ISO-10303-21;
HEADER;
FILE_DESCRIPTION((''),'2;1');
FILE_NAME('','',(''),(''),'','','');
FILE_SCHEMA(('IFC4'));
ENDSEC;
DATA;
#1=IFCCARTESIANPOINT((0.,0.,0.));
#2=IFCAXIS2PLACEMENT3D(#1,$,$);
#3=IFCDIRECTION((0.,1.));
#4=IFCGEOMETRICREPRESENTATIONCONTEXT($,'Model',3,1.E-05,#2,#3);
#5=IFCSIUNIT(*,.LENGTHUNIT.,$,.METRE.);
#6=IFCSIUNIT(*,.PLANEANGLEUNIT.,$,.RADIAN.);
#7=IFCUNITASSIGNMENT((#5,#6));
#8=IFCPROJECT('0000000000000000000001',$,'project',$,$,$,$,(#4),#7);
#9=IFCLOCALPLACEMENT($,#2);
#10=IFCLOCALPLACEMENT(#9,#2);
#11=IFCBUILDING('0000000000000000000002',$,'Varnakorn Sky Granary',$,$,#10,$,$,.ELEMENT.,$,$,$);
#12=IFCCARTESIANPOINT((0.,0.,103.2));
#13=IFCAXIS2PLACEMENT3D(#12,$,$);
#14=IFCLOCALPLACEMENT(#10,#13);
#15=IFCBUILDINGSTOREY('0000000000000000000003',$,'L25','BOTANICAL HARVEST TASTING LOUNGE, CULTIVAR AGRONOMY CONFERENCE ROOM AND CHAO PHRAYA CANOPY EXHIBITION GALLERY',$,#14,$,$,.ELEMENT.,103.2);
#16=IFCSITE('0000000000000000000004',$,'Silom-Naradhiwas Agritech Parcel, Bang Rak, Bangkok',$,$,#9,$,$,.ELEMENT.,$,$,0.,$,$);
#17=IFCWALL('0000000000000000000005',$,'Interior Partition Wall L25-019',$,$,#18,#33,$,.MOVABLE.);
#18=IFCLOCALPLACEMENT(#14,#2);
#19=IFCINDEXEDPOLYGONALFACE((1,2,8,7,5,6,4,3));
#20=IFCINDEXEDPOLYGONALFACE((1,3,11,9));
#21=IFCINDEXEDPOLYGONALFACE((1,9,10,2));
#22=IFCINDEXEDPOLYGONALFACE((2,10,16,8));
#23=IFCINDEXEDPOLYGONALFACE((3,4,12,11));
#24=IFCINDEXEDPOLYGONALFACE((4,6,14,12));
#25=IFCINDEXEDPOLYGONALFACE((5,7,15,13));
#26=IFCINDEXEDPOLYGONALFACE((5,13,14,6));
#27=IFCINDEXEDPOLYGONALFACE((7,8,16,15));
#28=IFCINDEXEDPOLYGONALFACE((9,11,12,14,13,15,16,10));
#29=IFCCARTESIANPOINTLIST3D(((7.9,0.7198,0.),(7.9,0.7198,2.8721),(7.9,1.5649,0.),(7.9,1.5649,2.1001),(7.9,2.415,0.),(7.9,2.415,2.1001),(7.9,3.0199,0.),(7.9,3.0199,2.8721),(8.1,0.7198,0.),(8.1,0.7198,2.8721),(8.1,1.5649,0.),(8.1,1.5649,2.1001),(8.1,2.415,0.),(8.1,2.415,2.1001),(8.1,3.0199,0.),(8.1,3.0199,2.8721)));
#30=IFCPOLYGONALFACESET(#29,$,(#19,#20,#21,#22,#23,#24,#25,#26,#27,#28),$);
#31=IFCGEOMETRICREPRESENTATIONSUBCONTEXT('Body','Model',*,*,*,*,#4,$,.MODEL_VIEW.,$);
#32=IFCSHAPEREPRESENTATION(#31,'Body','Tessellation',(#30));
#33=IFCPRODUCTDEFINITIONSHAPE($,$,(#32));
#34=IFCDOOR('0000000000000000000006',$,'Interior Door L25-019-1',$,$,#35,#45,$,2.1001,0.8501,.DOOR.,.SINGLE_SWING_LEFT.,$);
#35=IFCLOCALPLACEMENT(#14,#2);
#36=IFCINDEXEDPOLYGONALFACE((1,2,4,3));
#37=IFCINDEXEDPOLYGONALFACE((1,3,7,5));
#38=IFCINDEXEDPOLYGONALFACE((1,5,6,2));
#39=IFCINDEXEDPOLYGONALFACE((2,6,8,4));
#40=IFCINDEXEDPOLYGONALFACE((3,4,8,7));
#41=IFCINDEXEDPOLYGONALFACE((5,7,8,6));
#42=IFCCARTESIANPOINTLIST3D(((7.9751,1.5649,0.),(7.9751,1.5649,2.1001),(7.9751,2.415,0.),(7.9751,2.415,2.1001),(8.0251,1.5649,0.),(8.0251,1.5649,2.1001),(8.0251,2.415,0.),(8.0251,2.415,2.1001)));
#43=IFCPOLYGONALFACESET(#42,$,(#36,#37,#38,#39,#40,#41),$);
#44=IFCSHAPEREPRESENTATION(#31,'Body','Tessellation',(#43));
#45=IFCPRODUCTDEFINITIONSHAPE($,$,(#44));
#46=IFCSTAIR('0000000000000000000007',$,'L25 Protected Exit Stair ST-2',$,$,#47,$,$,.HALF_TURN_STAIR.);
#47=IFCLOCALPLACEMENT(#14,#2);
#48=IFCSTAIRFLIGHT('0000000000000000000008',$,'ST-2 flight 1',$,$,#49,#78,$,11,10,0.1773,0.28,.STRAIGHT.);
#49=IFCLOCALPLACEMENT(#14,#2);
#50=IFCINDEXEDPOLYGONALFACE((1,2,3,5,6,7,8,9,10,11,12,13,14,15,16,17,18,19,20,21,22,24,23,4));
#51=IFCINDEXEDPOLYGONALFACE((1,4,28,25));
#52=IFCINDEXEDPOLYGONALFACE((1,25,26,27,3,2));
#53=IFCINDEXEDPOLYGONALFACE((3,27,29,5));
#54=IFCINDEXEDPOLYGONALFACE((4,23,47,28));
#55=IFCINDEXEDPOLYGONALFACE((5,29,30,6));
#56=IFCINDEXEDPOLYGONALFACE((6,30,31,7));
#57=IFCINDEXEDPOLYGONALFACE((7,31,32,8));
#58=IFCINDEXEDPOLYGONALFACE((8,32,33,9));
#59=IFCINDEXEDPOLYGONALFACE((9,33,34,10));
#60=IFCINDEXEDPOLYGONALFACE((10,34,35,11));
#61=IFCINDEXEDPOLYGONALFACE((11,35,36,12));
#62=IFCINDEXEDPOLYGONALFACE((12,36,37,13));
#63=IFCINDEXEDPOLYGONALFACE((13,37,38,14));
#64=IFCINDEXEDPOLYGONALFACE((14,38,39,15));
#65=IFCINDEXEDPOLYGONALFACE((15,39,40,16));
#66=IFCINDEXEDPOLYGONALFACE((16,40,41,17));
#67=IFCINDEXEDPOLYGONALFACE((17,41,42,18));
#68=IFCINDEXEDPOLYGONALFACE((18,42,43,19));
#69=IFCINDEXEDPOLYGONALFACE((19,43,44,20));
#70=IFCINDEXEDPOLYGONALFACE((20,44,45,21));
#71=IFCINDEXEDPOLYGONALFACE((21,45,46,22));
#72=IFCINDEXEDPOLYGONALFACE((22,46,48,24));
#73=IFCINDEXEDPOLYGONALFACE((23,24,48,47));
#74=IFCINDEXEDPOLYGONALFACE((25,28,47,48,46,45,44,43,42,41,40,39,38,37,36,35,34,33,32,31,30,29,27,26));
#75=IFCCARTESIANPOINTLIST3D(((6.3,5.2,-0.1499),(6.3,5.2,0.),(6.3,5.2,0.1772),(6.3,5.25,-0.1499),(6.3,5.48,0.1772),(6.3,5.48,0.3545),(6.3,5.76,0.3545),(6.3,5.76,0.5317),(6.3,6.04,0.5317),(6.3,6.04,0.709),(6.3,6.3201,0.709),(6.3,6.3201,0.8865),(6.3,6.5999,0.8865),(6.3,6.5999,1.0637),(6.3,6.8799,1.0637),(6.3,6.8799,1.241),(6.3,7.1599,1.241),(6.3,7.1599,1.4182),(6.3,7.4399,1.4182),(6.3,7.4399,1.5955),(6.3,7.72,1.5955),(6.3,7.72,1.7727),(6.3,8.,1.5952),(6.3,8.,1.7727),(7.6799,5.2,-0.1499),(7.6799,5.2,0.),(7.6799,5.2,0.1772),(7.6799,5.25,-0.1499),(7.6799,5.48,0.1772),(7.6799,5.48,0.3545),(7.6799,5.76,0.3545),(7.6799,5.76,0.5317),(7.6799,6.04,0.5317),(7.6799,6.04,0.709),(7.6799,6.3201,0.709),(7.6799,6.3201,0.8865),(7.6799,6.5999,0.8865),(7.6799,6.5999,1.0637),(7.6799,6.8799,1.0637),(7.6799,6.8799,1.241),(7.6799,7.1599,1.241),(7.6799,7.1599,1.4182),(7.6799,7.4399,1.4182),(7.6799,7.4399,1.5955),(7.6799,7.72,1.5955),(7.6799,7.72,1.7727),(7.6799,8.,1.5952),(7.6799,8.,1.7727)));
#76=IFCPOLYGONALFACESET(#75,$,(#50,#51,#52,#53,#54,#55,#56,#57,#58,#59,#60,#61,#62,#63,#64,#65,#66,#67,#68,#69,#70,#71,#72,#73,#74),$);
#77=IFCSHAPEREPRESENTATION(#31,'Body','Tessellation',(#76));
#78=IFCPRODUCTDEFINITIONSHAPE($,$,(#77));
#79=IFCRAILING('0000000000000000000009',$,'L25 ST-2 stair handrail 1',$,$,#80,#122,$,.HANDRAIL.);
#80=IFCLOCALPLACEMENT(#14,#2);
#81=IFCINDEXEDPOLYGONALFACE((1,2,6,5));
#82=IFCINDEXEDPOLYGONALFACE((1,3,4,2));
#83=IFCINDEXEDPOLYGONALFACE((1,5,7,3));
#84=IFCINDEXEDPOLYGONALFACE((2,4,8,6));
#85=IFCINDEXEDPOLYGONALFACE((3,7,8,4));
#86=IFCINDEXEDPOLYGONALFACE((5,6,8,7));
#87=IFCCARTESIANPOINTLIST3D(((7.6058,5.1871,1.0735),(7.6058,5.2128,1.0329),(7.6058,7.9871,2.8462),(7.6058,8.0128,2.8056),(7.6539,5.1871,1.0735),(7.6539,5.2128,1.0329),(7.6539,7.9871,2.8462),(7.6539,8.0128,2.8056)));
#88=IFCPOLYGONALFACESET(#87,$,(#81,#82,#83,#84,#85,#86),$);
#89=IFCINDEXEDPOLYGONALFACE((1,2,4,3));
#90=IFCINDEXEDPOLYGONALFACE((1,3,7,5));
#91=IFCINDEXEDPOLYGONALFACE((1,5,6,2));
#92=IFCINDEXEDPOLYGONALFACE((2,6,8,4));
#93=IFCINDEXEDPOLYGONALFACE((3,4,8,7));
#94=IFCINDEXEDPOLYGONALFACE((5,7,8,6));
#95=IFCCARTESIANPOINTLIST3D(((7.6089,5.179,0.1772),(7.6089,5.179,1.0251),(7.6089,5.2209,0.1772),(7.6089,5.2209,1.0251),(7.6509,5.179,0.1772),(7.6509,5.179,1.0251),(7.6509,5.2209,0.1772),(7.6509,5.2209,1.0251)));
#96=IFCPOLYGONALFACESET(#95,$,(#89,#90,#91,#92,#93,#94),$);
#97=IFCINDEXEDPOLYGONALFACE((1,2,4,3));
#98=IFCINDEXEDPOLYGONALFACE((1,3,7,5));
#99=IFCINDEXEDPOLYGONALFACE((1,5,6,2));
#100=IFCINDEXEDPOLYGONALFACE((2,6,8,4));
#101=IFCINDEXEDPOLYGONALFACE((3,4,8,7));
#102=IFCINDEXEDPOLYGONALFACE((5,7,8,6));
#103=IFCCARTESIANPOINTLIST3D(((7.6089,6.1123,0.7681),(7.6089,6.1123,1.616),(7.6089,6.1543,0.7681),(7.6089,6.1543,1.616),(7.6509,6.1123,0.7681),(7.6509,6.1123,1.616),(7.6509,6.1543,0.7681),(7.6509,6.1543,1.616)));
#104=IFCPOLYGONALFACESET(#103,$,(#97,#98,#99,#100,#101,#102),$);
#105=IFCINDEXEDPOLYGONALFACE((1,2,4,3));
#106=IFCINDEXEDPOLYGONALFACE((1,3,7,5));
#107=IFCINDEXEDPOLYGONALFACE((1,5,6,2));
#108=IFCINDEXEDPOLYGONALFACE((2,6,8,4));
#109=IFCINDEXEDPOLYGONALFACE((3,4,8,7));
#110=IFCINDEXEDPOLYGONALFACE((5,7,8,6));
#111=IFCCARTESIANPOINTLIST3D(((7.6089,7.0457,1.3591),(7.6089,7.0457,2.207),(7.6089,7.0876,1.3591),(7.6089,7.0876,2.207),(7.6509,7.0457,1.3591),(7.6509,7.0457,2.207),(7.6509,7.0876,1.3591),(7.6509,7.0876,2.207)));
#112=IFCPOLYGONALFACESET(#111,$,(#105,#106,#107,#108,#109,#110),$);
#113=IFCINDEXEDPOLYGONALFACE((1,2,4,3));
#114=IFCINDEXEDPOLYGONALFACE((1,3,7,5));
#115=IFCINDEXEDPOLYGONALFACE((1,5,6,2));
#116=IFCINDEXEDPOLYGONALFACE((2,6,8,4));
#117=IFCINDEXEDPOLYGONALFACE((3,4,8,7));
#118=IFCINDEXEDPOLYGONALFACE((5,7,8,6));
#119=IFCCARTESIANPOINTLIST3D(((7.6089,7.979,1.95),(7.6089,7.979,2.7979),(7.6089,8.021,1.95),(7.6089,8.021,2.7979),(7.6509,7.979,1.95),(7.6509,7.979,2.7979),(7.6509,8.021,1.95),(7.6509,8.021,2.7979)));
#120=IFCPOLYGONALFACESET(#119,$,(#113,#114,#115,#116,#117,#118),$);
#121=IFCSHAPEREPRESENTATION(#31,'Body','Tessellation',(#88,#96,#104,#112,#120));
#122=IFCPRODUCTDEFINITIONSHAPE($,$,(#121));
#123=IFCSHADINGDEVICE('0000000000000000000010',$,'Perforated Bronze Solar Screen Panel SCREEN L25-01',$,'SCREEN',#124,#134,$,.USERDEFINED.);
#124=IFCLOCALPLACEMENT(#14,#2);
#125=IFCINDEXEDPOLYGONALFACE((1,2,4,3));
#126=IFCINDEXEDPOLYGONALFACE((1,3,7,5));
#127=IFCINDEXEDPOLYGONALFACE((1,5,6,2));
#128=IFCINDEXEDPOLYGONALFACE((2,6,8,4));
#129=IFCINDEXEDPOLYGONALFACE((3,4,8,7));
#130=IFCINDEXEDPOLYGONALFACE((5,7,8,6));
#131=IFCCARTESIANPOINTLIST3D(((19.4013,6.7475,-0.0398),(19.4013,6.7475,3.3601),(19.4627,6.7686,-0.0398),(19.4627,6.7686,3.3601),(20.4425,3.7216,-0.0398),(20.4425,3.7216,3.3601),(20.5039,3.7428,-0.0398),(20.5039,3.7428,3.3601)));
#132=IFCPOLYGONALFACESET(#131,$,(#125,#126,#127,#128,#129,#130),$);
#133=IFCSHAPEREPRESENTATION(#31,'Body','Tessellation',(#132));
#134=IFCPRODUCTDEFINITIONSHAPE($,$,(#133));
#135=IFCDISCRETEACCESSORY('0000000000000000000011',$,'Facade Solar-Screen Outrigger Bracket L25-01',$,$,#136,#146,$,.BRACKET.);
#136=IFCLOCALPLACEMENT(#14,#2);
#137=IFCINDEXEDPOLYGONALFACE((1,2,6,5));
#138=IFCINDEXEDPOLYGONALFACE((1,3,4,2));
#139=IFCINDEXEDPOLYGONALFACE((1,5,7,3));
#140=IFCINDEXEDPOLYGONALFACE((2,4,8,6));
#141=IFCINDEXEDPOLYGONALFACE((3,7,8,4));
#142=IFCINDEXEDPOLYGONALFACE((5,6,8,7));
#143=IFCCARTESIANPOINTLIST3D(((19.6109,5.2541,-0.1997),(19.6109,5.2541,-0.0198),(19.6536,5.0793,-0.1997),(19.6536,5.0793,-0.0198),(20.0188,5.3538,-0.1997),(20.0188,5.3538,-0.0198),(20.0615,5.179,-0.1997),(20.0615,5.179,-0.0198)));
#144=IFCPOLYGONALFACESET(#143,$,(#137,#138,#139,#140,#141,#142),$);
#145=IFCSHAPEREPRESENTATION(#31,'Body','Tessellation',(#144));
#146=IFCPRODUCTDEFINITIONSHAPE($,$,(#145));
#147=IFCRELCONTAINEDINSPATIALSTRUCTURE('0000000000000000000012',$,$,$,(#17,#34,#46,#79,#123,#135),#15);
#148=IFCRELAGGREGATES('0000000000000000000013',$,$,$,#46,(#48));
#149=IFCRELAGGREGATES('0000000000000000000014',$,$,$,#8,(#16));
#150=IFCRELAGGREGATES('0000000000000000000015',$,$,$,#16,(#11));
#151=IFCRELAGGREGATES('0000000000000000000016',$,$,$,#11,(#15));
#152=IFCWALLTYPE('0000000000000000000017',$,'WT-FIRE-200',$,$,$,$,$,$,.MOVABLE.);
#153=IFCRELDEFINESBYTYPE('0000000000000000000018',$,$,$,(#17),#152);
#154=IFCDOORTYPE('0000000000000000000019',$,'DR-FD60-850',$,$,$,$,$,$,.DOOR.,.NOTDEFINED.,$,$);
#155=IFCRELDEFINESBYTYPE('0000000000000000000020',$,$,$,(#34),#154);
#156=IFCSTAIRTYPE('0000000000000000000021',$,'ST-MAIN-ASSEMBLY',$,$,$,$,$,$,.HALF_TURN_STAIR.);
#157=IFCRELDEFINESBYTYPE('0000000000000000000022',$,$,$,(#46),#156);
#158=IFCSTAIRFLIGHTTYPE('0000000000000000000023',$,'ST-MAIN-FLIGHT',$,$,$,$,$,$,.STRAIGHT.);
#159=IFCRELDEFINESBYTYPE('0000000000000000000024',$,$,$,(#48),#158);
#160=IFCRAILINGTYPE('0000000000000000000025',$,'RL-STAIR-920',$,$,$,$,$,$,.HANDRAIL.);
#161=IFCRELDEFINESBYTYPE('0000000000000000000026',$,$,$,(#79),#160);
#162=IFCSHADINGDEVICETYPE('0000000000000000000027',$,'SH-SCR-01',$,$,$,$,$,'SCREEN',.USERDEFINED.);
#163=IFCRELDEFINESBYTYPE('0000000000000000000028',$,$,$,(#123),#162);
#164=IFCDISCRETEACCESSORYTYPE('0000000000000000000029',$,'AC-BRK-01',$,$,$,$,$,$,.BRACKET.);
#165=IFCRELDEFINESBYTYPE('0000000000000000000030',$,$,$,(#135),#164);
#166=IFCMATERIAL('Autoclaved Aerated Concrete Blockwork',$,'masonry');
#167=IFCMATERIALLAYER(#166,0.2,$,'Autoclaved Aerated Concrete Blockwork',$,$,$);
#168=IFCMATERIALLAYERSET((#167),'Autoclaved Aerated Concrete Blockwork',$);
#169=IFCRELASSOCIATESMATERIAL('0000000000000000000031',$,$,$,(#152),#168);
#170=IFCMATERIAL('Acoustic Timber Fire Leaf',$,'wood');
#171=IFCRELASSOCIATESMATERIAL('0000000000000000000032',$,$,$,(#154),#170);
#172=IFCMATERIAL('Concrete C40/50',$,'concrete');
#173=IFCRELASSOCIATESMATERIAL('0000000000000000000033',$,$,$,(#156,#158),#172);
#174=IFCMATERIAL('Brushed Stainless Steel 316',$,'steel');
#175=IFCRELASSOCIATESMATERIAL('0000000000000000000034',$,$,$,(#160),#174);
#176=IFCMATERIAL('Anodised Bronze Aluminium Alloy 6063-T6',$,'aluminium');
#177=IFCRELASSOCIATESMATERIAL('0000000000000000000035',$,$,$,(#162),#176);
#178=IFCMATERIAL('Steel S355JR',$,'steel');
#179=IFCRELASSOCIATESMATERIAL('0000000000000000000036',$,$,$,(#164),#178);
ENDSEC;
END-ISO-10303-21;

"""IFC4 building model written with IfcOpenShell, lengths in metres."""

from ifc_helpers import new_model, si_unit, direction, frame, frame_2d, origin, origin_2d, place, context, subcontext, project, spatial, polyline, rectangle, outline, extrude, source, transform, mapped, material, layer, layer_set, type_object, type_shapes, element, fill, aggregate, save


model = new_model("IFC4")

# Units and contexts
model_context = context("Model", 3, precision=1e-05, world=origin(), true_north=direction((0.0, 1.0)))
body_context = subcontext(model_context, "Body", "Model", "MODEL_VIEW")
ifc_project = project(units=[si_unit("LENGTHUNIT", "METRE"), si_unit("PLANEANGLEUNIT", "RADIAN")], contexts=[model_context])

# Site, building, storey
site_placement = place(None, origin())
site = spatial("IfcSite", under=ifc_project, at=site_placement, Name="Silom-Naradhiwas Agritech Parcel, Bang Rak, Bangkok", CompositionType="ELEMENT", RefElevation=0.0)
building_placement = place(site_placement, origin())
building = spatial("IfcBuilding", under=site, at=building_placement, Name="Varnakorn Sky Granary", CompositionType="ELEMENT")
storey_placement = place(building_placement, frame((0.0, 0.0, 103.2)))
storey = spatial("IfcBuildingStorey", under=building, at=storey_placement, Name="L25", Description="BOTANICAL HARVEST TASTING LOUNGE, CULTIVAR AGRONOMY CONFERENCE ROOM AND CHAO PHRAYA CANOPY EXHIBITION GALLERY", CompositionType="ELEMENT", Elevation=103.2)

# Shared definitions
ifc_material_1 = material(Name="Steel S355JR", Category="steel")

# Shared definitions
ifc_material_2 = material(Name="Anodised Bronze Aluminium Alloy 6063-T6", Category="aluminium")

# Wall, opening, door
ifc_material_3 = material(Name="Autoclaved Aerated Concrete Blockwork", Category="masonry")
ifc_layer_1 = layer(ifc_material_3, 0.2, Name="Autoclaved Aerated Concrete Blockwork")
ifc_layer_set_1 = layer_set([ifc_layer_1], Name="Autoclaved Aerated Concrete Blockwork")
wall_type_1 = type_object("IfcWallType", Name="WT-FIRE-200", PredefinedType="MOVABLE", material=ifc_layer_set_1)
wall_1_placement = place(storey_placement, frame((8.0, 0.72, 0.0), z_axis=(0.0, 0.0, 1.0), x_axis=(0.0, 1.0, 0.0)))
wall_1 = element("IfcWall", 1, at=wall_1_placement, inside=storey, type_object=wall_type_1, Name="Interior Partition Wall L25-019", PredefinedType="MOVABLE", context=body_context, shape_type="SweptSolid", body=[
    extrude(rectangle(XDim=2.3, YDim=0.2, at=frame_2d((1.1499, 0.0))), origin(), (0.0, 0.0, 1.0), 2.8721),
])
opening_placement = place(wall_1_placement, frame((0.845, 0.0, 0.0)))
opening = element("IfcOpeningElement", 2, at=opening_placement, cuts=wall_1, PredefinedType="OPENING", context=body_context, shape_type="SweptSolid", body=[
    extrude(rectangle(XDim=0.8501, YDim=2.1001, at=frame_2d((0.425, 1.05))), frame((0.0, 0.1099, 0.0), z_axis=(0.0, -1.0, 0.0), x_axis=(1.0, 0.0, 0.0)), (0.0, 0.0, 1.0), 0.22),
])
ifc_material_4 = material(Name="Acoustic Timber Fire Leaf", Category="wood")
door_type = type_object("IfcDoorType", Name="DR-FD60-850", OperationType="NOTDEFINED", PredefinedType="DOOR", material=ifc_material_4)
door_placement = place(opening_placement, origin())
door = element("IfcDoor", 3, at=door_placement, inside=storey, type_object=door_type, Name="Interior Door L25-019-1", OperationType="SINGLE_SWING_LEFT", OverallHeight=2.1001, OverallWidth=0.8501, PredefinedType="DOOR", context=body_context, shape_type="SweptSolid", body=[
    extrude(rectangle(XDim=0.8501, YDim=2.1001, at=frame_2d((0.425, 1.05))), frame((0.0, 0.0249, 0.0), z_axis=(0.0, -1.0, 0.0), x_axis=(1.0, 0.0, 0.0)), (0.0, 0.0, 1.0), 0.05),
])
fill(opening, door)

# Stair, stair flight
ifc_material_5 = material(Name="Concrete C40/50", Category="concrete")
stair_type = type_object("IfcStairType", Name="ST-MAIN-ASSEMBLY", PredefinedType="HALF_TURN_STAIR", material=ifc_material_5)
stair_placement = place(storey_placement, origin())
stair = element("IfcStair", 4, at=stair_placement, inside=storey, type_object=stair_type, Name="L25 Protected Exit Stair ST-2", PredefinedType="HALF_TURN_STAIR")
stair_flight_type = type_object("IfcStairFlightType", Name="ST-MAIN-FLIGHT", PredefinedType="STRAIGHT", material=ifc_material_5)
stair_flight_placement = place(storey_placement, frame((6.99, 5.2, 0.0), z_axis=(0.0, 0.0, 1.0), x_axis=(0.0, 1.0, 0.0)))
stair_flight = element("IfcStairFlight", 5, at=stair_flight_placement, type_object=stair_flight_type, Name="ST-2 flight 1", NumberOfRisers=11, NumberOfTreads=10, PredefinedType="STRAIGHT", RiserHeight=0.1773, TreadLength=0.28, context=body_context, shape_type="SweptSolid", body=[
    extrude(outline(polyline([(0.0, -0.1499), (0.0, 0.0), (0.0, 0.1772), (0.28, 0.1772), (0.28, 0.3545), (0.5601, 0.3545), (0.5601, 0.5317), (0.8401, 0.5317), (0.8401, 0.709), (1.1201, 0.709), (1.1201, 0.8865), (1.3999, 0.8865), (1.3999, 1.0637), (1.6799, 1.0637), (1.6799, 1.241), (1.96, 1.241), (1.96, 1.4182), (2.24, 1.4182), (2.24, 1.5955), (2.52, 1.5955), (2.52, 1.7727), (2.8, 1.7727), (2.8, 1.95), (2.8, 1.5952), (0.05, -0.1499), (0.0, -0.1499)])), frame((0.0, 0.6899, 0.0), z_axis=(0.0, -1.0, 0.0), x_axis=(1.0, 0.0, 0.0)), (0.0, 0.0, 1.0), 1.3799),
])
aggregate(stair, [stair_flight])

# Railing
ifc_material_6 = material(Name="Brushed Stainless Steel 316", Category="steel")
railing_type = type_object("IfcRailingType", Name="RL-STAIR-920", PredefinedType="HANDRAIL", material=ifc_material_6)
railing_placement = place(storey_placement, frame((7.6299, 5.2, 0.1772)))
element("IfcRailing", 6, at=railing_placement, inside=storey, type_object=railing_type, Name="L25 ST-2 stair handrail 1", PredefinedType="HANDRAIL", context=body_context, shape_type="SweptSolid", body=[
    extrude(rectangle(XDim=0.0481, YDim=0.0481, at=origin_2d()), frame((0.0, 0.0, 0.876), z_axis=(0.0, 0.844909, 0.53491), x_axis=(-1.0, 0.0, 0.0)), (0.0, 0.0, 1.0), 3.314),
    extrude(rectangle(XDim=0.042, YDim=0.042, at=origin_2d()), origin(), (0.0, 0.0, 1.0), 0.8479),
    extrude(rectangle(XDim=0.042, YDim=0.042, at=origin_2d()), frame((0.0, 0.9333, 0.5908)), (0.0, 0.0, 1.0), 0.8479),
    extrude(rectangle(XDim=0.042, YDim=0.042, at=origin_2d()), frame((0.0, 1.8667, 1.1819)), (0.0, 0.0, 1.0), 0.8479),
    extrude(rectangle(XDim=0.042, YDim=0.042, at=origin_2d()), frame((0.0, 2.8, 1.7727)), (0.0, 0.0, 1.0), 0.8479),
])

# Shading device
shading_device_type = type_object("IfcShadingDeviceType", Name="SH-SCR-01", ElementType="SCREEN", PredefinedType="USERDEFINED", material=ifc_material_2)
shared_shape_1 = source(origin(), body_context, "Body", "SweptSolid", [
    extrude(rectangle(XDim=3.2, YDim=0.0649, at=origin_2d()), origin(), (0.0, 0.0, 1.0), 3.3999),
])
type_shapes(shading_device_type, [shared_shape_1])
shading_device_placement = place(storey_placement, frame((19.9526, 5.2451, -0.0398), z_axis=(0.0, 0.0, 1.0), x_axis=(-0.325384, 0.945582, 0.0)))
element("IfcShadingDevice", 7, at=shading_device_placement, inside=storey, type_object=shading_device_type, Name="Perforated Bronze Solar Screen Panel SCREEN L25-01", ObjectType="SCREEN", PredefinedType="USERDEFINED", context=body_context, shape_type="MappedRepresentation", body=[
    mapped(shared_shape_1, transform((0.0, 0.0, 0.0), x_axis=(1.0, 0.0, 0.0), y_axis=(0.0, 1.0, 0.0), z_axis=(0.0, 0.0, 1.0), scale=1.0)),
])

# Discrete accessory
discrete_accessory_type = type_object("IfcDiscreteAccessoryType", Name="AC-BRK-01", PredefinedType="BRACKET", material=ifc_material_1)
shared_shape_2 = source(origin(), body_context, "Body", "SweptSolid", [
    extrude(rectangle(XDim=0.1799, YDim=0.4199, at=origin_2d()), origin(), (0.0, 0.0, 1.0), 0.1799),
])
type_shapes(discrete_accessory_type, [shared_shape_2])
discrete_accessory_placement = place(storey_placement, frame((19.8362, 5.2166, -0.1997), z_axis=(0.0, 0.0, 1.0), x_axis=(-0.237497, 0.971388, 0.0)))
element("IfcDiscreteAccessory", 8, at=discrete_accessory_placement, inside=storey, type_object=discrete_accessory_type, Name="Facade Solar-Screen Outrigger Bracket L25-01", PredefinedType="BRACKET", context=body_context, shape_type="MappedRepresentation", body=[
    mapped(shared_shape_2, transform((0.0, 0.0, 0.0), x_axis=(1.0, 0.0, 0.0), y_axis=(0.0, 1.0, 0.0), z_axis=(0.0, 0.0, 1.0), scale=1.0)),
])

save(model, "model.ifc")
